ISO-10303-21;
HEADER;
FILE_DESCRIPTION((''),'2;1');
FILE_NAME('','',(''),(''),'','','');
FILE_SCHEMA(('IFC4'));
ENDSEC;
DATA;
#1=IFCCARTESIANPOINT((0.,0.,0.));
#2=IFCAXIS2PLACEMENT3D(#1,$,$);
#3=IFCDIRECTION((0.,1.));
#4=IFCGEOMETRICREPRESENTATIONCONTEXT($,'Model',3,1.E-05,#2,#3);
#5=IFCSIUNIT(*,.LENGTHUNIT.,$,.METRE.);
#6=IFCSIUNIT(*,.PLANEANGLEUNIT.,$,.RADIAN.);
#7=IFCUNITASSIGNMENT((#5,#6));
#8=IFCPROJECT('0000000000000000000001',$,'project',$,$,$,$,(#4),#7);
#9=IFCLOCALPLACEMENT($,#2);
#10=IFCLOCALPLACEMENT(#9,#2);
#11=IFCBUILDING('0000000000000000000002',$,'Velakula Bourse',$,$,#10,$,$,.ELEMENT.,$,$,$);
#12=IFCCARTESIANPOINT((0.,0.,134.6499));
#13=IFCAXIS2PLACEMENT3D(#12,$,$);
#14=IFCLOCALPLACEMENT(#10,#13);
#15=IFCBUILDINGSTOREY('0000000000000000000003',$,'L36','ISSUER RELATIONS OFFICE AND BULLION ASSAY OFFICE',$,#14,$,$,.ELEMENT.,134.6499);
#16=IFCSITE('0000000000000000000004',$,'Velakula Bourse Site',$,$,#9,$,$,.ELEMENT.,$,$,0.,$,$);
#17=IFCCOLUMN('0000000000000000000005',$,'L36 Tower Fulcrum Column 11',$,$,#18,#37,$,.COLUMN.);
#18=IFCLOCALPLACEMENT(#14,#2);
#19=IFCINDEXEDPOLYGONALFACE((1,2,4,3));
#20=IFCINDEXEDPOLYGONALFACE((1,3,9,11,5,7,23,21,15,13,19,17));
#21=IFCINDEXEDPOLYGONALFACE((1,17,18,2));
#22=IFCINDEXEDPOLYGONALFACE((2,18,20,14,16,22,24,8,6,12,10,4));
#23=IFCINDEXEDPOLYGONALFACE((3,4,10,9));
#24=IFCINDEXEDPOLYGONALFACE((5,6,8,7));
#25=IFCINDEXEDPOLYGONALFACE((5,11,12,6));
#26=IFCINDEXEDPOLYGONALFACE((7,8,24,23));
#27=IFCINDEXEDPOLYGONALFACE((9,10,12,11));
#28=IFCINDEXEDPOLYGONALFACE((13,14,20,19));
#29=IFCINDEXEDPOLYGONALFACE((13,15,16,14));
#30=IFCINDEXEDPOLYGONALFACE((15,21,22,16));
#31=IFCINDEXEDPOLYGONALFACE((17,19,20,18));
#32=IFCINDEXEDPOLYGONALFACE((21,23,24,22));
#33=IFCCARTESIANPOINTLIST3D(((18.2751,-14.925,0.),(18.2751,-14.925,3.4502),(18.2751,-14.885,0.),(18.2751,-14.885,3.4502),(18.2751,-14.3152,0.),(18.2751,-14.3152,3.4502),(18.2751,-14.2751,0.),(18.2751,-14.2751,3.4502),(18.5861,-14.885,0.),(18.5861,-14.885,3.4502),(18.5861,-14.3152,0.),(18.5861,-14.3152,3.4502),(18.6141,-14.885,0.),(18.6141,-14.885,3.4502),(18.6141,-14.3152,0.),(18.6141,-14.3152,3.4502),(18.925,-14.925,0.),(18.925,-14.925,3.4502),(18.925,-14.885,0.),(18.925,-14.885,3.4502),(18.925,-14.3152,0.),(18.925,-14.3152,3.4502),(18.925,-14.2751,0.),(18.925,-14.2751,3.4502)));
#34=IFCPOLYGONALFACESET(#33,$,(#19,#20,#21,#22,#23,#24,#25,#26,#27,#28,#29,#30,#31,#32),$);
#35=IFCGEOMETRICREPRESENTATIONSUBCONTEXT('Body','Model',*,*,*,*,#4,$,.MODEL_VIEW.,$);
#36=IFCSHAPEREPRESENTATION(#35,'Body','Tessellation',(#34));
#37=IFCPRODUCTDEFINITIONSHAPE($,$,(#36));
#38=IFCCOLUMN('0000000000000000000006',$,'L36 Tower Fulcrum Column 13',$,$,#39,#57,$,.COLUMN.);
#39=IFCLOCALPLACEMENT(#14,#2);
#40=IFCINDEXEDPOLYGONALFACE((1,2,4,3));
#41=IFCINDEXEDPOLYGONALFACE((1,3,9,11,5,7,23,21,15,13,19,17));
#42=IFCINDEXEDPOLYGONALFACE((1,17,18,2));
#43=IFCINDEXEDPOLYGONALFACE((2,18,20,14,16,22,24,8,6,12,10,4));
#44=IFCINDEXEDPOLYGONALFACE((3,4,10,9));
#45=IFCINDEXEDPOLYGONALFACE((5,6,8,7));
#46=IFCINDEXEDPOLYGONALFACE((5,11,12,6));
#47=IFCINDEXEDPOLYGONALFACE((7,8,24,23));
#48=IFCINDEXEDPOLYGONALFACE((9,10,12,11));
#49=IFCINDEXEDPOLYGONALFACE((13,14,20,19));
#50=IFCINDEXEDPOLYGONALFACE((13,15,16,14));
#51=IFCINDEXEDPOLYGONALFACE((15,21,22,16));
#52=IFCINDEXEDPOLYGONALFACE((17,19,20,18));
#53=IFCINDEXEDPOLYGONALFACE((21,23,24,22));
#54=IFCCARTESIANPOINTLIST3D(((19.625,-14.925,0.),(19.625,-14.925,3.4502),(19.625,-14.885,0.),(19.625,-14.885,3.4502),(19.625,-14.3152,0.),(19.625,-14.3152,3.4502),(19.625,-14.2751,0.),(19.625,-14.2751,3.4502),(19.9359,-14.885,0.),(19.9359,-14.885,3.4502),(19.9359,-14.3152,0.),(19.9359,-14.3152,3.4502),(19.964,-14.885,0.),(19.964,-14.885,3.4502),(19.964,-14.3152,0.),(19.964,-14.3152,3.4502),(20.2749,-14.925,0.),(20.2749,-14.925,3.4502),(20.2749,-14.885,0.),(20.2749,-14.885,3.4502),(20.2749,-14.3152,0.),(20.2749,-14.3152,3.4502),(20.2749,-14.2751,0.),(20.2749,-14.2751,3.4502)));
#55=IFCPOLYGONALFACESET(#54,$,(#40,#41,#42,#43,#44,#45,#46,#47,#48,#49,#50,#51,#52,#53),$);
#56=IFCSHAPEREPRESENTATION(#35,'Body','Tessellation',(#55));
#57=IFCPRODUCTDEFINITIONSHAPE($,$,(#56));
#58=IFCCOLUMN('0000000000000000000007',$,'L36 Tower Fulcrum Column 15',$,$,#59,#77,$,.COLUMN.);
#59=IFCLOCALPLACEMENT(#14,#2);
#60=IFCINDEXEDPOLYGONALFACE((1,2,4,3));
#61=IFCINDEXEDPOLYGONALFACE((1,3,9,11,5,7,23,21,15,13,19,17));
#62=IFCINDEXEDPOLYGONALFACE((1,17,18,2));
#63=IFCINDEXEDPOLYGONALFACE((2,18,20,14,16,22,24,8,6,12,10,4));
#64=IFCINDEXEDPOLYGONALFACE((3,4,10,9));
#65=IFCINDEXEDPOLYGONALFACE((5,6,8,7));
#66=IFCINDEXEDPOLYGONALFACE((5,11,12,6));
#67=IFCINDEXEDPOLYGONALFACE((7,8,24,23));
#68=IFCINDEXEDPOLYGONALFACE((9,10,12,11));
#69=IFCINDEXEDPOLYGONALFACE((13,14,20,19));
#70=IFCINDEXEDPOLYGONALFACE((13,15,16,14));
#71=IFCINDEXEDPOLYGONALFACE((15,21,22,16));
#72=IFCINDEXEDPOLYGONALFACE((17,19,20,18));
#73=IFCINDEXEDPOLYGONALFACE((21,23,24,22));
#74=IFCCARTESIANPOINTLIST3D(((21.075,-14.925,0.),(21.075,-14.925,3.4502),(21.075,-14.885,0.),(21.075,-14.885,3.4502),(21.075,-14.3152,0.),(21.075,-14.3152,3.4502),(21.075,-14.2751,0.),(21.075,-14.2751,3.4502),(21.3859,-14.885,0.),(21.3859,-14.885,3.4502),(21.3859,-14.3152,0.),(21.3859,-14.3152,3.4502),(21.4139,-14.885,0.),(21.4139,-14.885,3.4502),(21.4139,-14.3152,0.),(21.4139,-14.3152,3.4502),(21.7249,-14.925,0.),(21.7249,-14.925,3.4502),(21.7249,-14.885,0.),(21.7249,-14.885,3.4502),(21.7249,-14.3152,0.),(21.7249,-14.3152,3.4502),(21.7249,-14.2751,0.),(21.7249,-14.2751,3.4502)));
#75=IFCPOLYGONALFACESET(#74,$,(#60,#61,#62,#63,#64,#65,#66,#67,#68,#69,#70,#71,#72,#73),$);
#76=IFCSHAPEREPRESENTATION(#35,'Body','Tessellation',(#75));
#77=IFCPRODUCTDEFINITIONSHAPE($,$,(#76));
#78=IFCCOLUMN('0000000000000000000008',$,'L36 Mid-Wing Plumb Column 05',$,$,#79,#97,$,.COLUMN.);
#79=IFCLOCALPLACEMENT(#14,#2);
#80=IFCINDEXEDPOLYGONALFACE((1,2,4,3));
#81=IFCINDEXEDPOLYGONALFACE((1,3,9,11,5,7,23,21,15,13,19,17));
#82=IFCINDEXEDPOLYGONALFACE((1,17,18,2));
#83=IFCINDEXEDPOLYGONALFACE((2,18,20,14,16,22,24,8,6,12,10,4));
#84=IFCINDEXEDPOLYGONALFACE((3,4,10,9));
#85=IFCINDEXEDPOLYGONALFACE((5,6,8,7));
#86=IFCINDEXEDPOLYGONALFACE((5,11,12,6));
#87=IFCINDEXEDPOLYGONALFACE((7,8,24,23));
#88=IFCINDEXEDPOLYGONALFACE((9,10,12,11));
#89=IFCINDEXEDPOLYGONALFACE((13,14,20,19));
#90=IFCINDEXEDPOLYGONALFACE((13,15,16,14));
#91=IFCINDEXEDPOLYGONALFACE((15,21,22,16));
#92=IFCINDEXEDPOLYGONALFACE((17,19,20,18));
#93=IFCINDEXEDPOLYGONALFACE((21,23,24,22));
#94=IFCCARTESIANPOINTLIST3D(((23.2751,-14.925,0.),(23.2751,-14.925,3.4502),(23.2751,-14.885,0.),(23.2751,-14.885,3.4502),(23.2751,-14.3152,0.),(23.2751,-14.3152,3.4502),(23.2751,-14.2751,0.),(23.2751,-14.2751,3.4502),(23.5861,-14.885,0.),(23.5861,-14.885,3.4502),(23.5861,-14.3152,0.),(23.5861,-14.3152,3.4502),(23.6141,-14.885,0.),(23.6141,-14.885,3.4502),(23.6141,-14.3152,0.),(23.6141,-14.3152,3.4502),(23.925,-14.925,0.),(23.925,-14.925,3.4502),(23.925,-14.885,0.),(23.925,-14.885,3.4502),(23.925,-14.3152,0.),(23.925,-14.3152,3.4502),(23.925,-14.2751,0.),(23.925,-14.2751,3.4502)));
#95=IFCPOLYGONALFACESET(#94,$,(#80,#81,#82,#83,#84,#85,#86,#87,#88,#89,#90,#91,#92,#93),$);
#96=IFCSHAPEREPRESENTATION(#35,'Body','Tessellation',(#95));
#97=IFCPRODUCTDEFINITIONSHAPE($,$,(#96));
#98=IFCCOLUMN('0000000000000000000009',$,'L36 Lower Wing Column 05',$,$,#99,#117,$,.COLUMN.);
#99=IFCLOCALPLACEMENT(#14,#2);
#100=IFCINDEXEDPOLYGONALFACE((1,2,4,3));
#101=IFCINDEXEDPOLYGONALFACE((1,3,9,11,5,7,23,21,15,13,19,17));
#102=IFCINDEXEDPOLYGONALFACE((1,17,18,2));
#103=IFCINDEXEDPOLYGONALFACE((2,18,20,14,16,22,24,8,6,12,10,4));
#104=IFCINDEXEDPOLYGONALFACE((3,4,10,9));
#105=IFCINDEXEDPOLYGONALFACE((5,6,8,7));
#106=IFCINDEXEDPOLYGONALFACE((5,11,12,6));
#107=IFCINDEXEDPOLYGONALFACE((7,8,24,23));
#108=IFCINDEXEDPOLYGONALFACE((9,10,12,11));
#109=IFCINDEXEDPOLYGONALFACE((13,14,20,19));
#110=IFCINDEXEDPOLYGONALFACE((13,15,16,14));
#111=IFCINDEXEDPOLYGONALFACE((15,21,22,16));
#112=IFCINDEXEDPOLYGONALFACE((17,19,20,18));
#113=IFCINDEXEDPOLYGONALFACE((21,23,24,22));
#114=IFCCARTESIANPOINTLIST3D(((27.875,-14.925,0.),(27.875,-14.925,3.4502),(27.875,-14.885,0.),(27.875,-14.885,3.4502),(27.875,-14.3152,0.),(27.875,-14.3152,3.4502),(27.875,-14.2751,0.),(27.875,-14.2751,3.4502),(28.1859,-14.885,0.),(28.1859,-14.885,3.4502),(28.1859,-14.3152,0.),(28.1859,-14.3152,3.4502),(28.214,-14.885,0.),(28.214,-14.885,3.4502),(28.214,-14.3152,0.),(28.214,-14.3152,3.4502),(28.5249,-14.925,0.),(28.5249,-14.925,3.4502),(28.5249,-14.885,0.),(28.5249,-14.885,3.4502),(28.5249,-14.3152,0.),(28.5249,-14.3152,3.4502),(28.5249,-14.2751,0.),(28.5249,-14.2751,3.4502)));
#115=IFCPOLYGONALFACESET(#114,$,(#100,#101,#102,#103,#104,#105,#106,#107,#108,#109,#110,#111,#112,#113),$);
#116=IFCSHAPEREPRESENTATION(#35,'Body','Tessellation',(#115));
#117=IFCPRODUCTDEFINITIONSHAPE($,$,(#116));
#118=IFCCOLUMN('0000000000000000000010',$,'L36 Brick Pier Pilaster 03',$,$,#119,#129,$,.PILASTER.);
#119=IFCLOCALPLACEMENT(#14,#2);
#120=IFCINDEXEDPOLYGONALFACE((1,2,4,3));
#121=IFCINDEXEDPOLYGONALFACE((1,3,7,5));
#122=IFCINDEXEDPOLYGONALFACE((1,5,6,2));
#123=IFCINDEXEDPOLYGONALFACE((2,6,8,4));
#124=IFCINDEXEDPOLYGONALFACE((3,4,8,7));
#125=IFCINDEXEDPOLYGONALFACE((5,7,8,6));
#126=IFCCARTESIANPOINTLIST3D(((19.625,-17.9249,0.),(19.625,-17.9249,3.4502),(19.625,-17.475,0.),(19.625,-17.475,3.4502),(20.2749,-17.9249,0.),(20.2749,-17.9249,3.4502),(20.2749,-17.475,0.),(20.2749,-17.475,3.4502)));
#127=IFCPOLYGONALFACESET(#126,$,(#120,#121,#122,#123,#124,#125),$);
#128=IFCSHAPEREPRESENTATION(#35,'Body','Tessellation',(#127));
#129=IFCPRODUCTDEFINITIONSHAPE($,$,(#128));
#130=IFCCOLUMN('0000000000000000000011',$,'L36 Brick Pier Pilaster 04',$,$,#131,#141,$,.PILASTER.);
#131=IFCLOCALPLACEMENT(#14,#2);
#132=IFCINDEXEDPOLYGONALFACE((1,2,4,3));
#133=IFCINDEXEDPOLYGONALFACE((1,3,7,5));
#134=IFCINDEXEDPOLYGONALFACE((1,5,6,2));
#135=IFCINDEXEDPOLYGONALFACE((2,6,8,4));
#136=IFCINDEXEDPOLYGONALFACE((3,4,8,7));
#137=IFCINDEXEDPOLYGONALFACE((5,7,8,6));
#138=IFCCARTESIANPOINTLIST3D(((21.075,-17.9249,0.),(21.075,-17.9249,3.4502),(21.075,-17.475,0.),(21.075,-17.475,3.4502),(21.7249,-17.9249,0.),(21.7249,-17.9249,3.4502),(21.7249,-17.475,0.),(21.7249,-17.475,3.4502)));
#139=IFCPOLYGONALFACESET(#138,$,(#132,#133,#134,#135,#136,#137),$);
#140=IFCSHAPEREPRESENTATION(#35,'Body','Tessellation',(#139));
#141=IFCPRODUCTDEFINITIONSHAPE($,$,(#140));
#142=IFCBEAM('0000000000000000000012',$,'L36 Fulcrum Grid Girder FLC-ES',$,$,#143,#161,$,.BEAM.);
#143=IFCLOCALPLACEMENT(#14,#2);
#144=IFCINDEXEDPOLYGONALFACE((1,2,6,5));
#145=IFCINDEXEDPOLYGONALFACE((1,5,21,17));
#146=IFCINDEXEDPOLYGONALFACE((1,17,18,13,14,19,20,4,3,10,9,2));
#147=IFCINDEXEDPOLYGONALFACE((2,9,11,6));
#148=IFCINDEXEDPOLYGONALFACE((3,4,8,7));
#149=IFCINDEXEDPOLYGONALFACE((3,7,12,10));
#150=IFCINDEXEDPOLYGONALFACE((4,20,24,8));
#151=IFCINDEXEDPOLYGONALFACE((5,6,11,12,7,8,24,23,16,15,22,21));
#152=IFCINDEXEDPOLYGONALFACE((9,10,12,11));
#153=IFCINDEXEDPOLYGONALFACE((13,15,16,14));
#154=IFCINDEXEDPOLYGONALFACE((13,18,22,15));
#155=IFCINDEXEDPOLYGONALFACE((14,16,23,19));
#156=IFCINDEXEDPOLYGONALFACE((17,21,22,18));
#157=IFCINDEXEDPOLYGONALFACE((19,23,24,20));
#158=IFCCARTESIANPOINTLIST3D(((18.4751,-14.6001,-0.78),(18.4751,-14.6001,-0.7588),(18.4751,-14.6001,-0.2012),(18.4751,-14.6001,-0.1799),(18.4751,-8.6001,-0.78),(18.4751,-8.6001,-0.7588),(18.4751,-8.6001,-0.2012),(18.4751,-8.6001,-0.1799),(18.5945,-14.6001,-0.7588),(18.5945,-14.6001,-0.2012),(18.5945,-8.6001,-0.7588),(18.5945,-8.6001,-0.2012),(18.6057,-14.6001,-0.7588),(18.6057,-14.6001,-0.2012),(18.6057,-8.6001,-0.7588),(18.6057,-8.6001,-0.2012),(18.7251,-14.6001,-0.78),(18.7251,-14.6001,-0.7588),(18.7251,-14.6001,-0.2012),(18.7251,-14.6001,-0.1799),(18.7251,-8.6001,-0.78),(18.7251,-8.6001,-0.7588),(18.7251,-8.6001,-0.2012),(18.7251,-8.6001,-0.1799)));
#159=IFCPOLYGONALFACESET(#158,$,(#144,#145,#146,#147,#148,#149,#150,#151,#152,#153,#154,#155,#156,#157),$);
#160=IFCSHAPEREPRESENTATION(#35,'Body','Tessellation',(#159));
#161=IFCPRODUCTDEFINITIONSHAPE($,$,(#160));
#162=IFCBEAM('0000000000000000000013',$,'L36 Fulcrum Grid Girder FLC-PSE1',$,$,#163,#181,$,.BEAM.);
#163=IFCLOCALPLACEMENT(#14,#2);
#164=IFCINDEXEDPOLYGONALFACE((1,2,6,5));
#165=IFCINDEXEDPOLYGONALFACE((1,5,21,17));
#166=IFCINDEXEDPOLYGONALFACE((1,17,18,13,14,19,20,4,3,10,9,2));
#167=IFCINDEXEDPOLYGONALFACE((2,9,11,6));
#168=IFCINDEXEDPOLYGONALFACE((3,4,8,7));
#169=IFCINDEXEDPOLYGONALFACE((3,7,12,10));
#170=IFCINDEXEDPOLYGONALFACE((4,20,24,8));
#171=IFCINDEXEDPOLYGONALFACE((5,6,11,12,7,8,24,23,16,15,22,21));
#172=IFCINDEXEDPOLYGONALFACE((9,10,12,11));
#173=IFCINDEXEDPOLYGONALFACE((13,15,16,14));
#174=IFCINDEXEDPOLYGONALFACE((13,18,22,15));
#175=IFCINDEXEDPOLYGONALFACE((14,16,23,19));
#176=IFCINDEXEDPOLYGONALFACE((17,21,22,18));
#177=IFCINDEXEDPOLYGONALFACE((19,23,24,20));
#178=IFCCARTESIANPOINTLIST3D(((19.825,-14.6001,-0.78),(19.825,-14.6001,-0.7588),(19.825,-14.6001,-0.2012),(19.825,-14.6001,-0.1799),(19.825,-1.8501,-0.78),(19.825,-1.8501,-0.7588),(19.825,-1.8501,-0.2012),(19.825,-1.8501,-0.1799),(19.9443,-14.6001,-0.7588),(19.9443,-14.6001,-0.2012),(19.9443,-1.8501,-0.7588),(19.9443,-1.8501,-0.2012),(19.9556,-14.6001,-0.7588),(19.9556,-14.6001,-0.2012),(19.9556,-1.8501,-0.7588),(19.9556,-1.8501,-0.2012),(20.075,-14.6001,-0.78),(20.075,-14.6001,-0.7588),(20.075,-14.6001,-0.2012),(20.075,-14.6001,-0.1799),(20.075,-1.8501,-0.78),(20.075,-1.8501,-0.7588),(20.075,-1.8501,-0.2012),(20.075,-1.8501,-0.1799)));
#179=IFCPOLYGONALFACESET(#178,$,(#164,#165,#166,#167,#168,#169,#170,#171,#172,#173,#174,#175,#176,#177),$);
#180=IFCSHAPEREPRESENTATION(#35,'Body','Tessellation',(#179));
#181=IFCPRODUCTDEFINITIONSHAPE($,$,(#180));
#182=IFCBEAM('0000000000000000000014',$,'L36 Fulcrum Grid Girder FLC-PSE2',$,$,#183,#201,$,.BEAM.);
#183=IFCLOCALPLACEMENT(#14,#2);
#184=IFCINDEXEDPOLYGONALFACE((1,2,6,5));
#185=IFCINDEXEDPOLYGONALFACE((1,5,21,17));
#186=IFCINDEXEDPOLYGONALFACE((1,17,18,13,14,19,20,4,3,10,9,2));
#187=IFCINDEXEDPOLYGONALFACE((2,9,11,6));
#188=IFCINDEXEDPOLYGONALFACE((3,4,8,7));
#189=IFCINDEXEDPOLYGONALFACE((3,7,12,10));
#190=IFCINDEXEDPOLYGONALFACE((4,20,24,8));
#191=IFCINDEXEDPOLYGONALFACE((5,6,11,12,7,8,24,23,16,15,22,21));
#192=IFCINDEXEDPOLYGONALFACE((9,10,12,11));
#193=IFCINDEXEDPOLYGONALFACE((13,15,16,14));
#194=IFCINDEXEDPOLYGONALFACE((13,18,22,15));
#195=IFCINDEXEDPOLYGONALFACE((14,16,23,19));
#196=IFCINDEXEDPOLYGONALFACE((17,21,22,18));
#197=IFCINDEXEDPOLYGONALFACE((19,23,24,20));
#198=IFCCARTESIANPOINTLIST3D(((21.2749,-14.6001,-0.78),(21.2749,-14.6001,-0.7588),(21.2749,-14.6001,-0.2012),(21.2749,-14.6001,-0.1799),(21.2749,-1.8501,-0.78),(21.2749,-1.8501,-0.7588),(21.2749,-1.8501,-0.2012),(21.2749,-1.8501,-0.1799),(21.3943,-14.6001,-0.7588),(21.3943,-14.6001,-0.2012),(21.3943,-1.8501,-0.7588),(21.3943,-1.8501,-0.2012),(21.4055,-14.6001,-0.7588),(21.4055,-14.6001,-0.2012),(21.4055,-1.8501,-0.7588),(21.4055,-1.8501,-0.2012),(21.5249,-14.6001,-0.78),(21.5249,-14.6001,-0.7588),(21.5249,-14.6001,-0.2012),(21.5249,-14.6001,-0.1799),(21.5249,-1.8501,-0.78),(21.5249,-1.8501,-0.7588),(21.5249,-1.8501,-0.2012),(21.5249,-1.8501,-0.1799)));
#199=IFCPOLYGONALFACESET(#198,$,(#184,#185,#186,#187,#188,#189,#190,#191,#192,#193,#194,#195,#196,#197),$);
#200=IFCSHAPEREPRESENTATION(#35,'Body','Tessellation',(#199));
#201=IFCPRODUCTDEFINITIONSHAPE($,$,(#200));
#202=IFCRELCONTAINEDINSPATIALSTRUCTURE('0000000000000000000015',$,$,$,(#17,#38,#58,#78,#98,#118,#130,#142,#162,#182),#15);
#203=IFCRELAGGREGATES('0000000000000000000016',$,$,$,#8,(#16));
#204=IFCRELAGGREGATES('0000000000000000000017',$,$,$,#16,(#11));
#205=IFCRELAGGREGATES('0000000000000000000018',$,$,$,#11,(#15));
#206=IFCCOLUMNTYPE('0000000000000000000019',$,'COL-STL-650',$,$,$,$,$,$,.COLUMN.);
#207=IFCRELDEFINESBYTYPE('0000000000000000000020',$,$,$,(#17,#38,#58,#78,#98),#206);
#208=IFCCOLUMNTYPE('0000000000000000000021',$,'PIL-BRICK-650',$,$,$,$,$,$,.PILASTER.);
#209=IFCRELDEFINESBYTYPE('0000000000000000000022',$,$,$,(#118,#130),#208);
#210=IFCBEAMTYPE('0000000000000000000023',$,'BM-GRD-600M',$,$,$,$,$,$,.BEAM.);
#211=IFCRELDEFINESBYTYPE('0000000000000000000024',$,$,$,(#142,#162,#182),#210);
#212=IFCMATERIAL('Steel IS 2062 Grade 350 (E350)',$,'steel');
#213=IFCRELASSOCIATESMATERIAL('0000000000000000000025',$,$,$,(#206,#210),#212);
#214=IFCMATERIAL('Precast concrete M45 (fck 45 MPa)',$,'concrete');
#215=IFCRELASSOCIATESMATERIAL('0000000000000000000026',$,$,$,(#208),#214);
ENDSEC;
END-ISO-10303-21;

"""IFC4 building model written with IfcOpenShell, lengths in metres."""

from ifc_helpers import new_model, si_unit, direction, frame, origin, origin_2d, place, context, subcontext, project, spatial, rectangle, i_section, extrude, material, material_profile, profile_set, type_object, element, save


model = new_model("IFC4")

# Units and contexts
model_context = context("Model", 3, precision=1e-05, world=origin(), true_north=direction((0.0, 1.0)))
body_context = subcontext(model_context, "Body", "Model", "MODEL_VIEW")
ifc_project = project(units=[si_unit("LENGTHUNIT", "METRE"), si_unit("PLANEANGLEUNIT", "RADIAN")], contexts=[model_context])

# Site, building, storey
site_placement = place(None, origin())
site = spatial("IfcSite", under=ifc_project, at=site_placement, Name="Velakula Bourse Site", CompositionType="ELEMENT", RefElevation=0.0)
building_placement = place(site_placement, origin())
building = spatial("IfcBuilding", under=site, at=building_placement, Name="Velakula Bourse", CompositionType="ELEMENT")
storey_placement = place(building_placement, frame((0.0, 0.0, 134.6499)))
storey = spatial("IfcBuildingStorey", under=building, at=storey_placement, Name="L36", Description="ISSUER RELATIONS OFFICE AND BULLION ASSAY OFFICE", CompositionType="ELEMENT", Elevation=134.6499)

# Columns
ifc_material_1 = material(Name="Steel IS 2062 Grade 350 (E350)", Category="steel")
ifc_material_profile_1 = material_profile(ifc_material_1, i_section(OverallWidth=0.6499, OverallDepth=0.6499, WebThickness=0.0281, FlangeThickness=0.04, at=origin_2d()), Name="Steel IS 2062 Grade 350 (E350)")
ifc_profile_set_1 = profile_set([ifc_material_profile_1], Name="Steel IS 2062 Grade 350 (E350)")
column_type_1 = type_object("IfcColumnType", Name="COL-STL-650", PredefinedType="COLUMN", material=ifc_profile_set_1)
for number, where, z_axis, x_axis, name in (
    (1, (18.6001, -14.6001, 0.0), (0.0, 0.0, 1.0), (1.0, 0.0, 0.0), "L36 Tower Fulcrum Column 11"),
    (2, (19.95, -14.6001, 0.0), (0.0, 0.0, 1.0), (1.0, 0.0, 0.0), "L36 Tower Fulcrum Column 13"),
    (3, (21.3999, -14.6001, 0.0), (0.0, 0.0, 1.0), (1.0, 0.0, 0.0), "L36 Tower Fulcrum Column 15"),
    (4, (23.6001, -14.6001, 0.0), (0.0, 0.0, 1.0), (1.0, 0.0, 0.0), "L36 Mid-Wing Plumb Column 05"),
    (5, (28.2, -14.6001, 0.0), (0.0, 0.0, 1.0), (1.0, 0.0, 0.0), "L36 Lower Wing Column 05"),
):
    element("IfcColumn", number, at=place(storey_placement, frame(where, z_axis=z_axis, x_axis=x_axis)), inside=storey, type_object=column_type_1, Name=name, PredefinedType="COLUMN", context=body_context, shape_type="SweptSolid", body=[
        extrude(i_section(OverallWidth=0.6499, OverallDepth=0.6499, WebThickness=0.0281, FlangeThickness=0.04, at=origin_2d()), origin(), (0.0, 0.0, 1.0), 3.4502),
    ])
ifc_material_2 = material(Name="Precast concrete M45 (fck 45 MPa)", Category="concrete")
ifc_material_profile_2 = material_profile(ifc_material_2, rectangle(XDim=0.6499, YDim=0.45, at=origin_2d()), Name="Precast concrete M45 (fck 45 MPa)")
ifc_profile_set_2 = profile_set([ifc_material_profile_2], Name="Precast concrete M45 (fck 45 MPa)")
column_type_2 = type_object("IfcColumnType", Name="PIL-BRICK-650", PredefinedType="PILASTER", material=ifc_profile_set_2)
for number, where, z_axis, x_axis, name in (
    (6, (19.95, -17.7, 0.0), (0.0, 0.0, 1.0), (1.0, 0.0, 0.0), "L36 Brick Pier Pilaster 03"),
    (7, (21.3999, -17.7, 0.0), (0.0, 0.0, 1.0), (1.0, 0.0, 0.0), "L36 Brick Pier Pilaster 04"),
):
    element("IfcColumn", number, at=place(storey_placement, frame(where, z_axis=z_axis, x_axis=x_axis)), inside=storey, type_object=column_type_2, Name=name, PredefinedType="PILASTER", context=body_context, shape_type="SweptSolid", body=[
        extrude(rectangle(XDim=0.6499, YDim=0.45, at=origin_2d()), origin(), (0.0, 0.0, 1.0), 3.4502),
    ])

# Beams
ifc_material_profile_3 = material_profile(ifc_material_1, i_section(OverallWidth=0.25, OverallDepth=0.6001, WebThickness=0.0112, FlangeThickness=0.0212, at=origin_2d()), Name="Steel IS 2062 Grade 350 (E350)")
ifc_profile_set_3 = profile_set([ifc_material_profile_3], Name="Steel IS 2062 Grade 350 (E350)")
beam_type = type_object("IfcBeamType", Name="BM-GRD-600M", PredefinedType="BEAM", material=ifc_profile_set_3)
beam_1_placement = place(storey_placement, frame((18.6001, -14.6001, -0.48), z_axis=(0.0, 1.0, 0.0), x_axis=(-1.0, 0.0, 0.0)))
element("IfcBeam", 8, at=beam_1_placement, inside=storey, type_object=beam_type, Name="L36 Fulcrum Grid Girder FLC-ES", PredefinedType="BEAM", context=body_context, shape_type="SweptSolid", body=[
    extrude(i_section(OverallWidth=0.25, OverallDepth=0.6001, WebThickness=0.0112, FlangeThickness=0.0212, at=origin_2d()), origin(), (0.0, 0.0, 1.0), 6.0),
])
for number, where, z_axis, x_axis, name in (
    (9, (19.95, -14.6001, -0.48), (0.0, 1.0, 0.0), (-1.0, 0.0, 0.0), "L36 Fulcrum Grid Girder FLC-PSE1"),
    (10, (21.3999, -14.6001, -0.48), (0.0, 1.0, 0.0), (-1.0, 0.0, 0.0), "L36 Fulcrum Grid Girder FLC-PSE2"),
):
    element("IfcBeam", number, at=place(storey_placement, frame(where, z_axis=z_axis, x_axis=x_axis)), inside=storey, type_object=beam_type, Name=name, PredefinedType="BEAM", context=body_context, shape_type="SweptSolid", body=[
        extrude(i_section(OverallWidth=0.25, OverallDepth=0.6001, WebThickness=0.0112, FlangeThickness=0.0212, at=origin_2d()), origin(), (0.0, 0.0, 1.0), 12.75),
    ])

save(model, "model.ifc")
